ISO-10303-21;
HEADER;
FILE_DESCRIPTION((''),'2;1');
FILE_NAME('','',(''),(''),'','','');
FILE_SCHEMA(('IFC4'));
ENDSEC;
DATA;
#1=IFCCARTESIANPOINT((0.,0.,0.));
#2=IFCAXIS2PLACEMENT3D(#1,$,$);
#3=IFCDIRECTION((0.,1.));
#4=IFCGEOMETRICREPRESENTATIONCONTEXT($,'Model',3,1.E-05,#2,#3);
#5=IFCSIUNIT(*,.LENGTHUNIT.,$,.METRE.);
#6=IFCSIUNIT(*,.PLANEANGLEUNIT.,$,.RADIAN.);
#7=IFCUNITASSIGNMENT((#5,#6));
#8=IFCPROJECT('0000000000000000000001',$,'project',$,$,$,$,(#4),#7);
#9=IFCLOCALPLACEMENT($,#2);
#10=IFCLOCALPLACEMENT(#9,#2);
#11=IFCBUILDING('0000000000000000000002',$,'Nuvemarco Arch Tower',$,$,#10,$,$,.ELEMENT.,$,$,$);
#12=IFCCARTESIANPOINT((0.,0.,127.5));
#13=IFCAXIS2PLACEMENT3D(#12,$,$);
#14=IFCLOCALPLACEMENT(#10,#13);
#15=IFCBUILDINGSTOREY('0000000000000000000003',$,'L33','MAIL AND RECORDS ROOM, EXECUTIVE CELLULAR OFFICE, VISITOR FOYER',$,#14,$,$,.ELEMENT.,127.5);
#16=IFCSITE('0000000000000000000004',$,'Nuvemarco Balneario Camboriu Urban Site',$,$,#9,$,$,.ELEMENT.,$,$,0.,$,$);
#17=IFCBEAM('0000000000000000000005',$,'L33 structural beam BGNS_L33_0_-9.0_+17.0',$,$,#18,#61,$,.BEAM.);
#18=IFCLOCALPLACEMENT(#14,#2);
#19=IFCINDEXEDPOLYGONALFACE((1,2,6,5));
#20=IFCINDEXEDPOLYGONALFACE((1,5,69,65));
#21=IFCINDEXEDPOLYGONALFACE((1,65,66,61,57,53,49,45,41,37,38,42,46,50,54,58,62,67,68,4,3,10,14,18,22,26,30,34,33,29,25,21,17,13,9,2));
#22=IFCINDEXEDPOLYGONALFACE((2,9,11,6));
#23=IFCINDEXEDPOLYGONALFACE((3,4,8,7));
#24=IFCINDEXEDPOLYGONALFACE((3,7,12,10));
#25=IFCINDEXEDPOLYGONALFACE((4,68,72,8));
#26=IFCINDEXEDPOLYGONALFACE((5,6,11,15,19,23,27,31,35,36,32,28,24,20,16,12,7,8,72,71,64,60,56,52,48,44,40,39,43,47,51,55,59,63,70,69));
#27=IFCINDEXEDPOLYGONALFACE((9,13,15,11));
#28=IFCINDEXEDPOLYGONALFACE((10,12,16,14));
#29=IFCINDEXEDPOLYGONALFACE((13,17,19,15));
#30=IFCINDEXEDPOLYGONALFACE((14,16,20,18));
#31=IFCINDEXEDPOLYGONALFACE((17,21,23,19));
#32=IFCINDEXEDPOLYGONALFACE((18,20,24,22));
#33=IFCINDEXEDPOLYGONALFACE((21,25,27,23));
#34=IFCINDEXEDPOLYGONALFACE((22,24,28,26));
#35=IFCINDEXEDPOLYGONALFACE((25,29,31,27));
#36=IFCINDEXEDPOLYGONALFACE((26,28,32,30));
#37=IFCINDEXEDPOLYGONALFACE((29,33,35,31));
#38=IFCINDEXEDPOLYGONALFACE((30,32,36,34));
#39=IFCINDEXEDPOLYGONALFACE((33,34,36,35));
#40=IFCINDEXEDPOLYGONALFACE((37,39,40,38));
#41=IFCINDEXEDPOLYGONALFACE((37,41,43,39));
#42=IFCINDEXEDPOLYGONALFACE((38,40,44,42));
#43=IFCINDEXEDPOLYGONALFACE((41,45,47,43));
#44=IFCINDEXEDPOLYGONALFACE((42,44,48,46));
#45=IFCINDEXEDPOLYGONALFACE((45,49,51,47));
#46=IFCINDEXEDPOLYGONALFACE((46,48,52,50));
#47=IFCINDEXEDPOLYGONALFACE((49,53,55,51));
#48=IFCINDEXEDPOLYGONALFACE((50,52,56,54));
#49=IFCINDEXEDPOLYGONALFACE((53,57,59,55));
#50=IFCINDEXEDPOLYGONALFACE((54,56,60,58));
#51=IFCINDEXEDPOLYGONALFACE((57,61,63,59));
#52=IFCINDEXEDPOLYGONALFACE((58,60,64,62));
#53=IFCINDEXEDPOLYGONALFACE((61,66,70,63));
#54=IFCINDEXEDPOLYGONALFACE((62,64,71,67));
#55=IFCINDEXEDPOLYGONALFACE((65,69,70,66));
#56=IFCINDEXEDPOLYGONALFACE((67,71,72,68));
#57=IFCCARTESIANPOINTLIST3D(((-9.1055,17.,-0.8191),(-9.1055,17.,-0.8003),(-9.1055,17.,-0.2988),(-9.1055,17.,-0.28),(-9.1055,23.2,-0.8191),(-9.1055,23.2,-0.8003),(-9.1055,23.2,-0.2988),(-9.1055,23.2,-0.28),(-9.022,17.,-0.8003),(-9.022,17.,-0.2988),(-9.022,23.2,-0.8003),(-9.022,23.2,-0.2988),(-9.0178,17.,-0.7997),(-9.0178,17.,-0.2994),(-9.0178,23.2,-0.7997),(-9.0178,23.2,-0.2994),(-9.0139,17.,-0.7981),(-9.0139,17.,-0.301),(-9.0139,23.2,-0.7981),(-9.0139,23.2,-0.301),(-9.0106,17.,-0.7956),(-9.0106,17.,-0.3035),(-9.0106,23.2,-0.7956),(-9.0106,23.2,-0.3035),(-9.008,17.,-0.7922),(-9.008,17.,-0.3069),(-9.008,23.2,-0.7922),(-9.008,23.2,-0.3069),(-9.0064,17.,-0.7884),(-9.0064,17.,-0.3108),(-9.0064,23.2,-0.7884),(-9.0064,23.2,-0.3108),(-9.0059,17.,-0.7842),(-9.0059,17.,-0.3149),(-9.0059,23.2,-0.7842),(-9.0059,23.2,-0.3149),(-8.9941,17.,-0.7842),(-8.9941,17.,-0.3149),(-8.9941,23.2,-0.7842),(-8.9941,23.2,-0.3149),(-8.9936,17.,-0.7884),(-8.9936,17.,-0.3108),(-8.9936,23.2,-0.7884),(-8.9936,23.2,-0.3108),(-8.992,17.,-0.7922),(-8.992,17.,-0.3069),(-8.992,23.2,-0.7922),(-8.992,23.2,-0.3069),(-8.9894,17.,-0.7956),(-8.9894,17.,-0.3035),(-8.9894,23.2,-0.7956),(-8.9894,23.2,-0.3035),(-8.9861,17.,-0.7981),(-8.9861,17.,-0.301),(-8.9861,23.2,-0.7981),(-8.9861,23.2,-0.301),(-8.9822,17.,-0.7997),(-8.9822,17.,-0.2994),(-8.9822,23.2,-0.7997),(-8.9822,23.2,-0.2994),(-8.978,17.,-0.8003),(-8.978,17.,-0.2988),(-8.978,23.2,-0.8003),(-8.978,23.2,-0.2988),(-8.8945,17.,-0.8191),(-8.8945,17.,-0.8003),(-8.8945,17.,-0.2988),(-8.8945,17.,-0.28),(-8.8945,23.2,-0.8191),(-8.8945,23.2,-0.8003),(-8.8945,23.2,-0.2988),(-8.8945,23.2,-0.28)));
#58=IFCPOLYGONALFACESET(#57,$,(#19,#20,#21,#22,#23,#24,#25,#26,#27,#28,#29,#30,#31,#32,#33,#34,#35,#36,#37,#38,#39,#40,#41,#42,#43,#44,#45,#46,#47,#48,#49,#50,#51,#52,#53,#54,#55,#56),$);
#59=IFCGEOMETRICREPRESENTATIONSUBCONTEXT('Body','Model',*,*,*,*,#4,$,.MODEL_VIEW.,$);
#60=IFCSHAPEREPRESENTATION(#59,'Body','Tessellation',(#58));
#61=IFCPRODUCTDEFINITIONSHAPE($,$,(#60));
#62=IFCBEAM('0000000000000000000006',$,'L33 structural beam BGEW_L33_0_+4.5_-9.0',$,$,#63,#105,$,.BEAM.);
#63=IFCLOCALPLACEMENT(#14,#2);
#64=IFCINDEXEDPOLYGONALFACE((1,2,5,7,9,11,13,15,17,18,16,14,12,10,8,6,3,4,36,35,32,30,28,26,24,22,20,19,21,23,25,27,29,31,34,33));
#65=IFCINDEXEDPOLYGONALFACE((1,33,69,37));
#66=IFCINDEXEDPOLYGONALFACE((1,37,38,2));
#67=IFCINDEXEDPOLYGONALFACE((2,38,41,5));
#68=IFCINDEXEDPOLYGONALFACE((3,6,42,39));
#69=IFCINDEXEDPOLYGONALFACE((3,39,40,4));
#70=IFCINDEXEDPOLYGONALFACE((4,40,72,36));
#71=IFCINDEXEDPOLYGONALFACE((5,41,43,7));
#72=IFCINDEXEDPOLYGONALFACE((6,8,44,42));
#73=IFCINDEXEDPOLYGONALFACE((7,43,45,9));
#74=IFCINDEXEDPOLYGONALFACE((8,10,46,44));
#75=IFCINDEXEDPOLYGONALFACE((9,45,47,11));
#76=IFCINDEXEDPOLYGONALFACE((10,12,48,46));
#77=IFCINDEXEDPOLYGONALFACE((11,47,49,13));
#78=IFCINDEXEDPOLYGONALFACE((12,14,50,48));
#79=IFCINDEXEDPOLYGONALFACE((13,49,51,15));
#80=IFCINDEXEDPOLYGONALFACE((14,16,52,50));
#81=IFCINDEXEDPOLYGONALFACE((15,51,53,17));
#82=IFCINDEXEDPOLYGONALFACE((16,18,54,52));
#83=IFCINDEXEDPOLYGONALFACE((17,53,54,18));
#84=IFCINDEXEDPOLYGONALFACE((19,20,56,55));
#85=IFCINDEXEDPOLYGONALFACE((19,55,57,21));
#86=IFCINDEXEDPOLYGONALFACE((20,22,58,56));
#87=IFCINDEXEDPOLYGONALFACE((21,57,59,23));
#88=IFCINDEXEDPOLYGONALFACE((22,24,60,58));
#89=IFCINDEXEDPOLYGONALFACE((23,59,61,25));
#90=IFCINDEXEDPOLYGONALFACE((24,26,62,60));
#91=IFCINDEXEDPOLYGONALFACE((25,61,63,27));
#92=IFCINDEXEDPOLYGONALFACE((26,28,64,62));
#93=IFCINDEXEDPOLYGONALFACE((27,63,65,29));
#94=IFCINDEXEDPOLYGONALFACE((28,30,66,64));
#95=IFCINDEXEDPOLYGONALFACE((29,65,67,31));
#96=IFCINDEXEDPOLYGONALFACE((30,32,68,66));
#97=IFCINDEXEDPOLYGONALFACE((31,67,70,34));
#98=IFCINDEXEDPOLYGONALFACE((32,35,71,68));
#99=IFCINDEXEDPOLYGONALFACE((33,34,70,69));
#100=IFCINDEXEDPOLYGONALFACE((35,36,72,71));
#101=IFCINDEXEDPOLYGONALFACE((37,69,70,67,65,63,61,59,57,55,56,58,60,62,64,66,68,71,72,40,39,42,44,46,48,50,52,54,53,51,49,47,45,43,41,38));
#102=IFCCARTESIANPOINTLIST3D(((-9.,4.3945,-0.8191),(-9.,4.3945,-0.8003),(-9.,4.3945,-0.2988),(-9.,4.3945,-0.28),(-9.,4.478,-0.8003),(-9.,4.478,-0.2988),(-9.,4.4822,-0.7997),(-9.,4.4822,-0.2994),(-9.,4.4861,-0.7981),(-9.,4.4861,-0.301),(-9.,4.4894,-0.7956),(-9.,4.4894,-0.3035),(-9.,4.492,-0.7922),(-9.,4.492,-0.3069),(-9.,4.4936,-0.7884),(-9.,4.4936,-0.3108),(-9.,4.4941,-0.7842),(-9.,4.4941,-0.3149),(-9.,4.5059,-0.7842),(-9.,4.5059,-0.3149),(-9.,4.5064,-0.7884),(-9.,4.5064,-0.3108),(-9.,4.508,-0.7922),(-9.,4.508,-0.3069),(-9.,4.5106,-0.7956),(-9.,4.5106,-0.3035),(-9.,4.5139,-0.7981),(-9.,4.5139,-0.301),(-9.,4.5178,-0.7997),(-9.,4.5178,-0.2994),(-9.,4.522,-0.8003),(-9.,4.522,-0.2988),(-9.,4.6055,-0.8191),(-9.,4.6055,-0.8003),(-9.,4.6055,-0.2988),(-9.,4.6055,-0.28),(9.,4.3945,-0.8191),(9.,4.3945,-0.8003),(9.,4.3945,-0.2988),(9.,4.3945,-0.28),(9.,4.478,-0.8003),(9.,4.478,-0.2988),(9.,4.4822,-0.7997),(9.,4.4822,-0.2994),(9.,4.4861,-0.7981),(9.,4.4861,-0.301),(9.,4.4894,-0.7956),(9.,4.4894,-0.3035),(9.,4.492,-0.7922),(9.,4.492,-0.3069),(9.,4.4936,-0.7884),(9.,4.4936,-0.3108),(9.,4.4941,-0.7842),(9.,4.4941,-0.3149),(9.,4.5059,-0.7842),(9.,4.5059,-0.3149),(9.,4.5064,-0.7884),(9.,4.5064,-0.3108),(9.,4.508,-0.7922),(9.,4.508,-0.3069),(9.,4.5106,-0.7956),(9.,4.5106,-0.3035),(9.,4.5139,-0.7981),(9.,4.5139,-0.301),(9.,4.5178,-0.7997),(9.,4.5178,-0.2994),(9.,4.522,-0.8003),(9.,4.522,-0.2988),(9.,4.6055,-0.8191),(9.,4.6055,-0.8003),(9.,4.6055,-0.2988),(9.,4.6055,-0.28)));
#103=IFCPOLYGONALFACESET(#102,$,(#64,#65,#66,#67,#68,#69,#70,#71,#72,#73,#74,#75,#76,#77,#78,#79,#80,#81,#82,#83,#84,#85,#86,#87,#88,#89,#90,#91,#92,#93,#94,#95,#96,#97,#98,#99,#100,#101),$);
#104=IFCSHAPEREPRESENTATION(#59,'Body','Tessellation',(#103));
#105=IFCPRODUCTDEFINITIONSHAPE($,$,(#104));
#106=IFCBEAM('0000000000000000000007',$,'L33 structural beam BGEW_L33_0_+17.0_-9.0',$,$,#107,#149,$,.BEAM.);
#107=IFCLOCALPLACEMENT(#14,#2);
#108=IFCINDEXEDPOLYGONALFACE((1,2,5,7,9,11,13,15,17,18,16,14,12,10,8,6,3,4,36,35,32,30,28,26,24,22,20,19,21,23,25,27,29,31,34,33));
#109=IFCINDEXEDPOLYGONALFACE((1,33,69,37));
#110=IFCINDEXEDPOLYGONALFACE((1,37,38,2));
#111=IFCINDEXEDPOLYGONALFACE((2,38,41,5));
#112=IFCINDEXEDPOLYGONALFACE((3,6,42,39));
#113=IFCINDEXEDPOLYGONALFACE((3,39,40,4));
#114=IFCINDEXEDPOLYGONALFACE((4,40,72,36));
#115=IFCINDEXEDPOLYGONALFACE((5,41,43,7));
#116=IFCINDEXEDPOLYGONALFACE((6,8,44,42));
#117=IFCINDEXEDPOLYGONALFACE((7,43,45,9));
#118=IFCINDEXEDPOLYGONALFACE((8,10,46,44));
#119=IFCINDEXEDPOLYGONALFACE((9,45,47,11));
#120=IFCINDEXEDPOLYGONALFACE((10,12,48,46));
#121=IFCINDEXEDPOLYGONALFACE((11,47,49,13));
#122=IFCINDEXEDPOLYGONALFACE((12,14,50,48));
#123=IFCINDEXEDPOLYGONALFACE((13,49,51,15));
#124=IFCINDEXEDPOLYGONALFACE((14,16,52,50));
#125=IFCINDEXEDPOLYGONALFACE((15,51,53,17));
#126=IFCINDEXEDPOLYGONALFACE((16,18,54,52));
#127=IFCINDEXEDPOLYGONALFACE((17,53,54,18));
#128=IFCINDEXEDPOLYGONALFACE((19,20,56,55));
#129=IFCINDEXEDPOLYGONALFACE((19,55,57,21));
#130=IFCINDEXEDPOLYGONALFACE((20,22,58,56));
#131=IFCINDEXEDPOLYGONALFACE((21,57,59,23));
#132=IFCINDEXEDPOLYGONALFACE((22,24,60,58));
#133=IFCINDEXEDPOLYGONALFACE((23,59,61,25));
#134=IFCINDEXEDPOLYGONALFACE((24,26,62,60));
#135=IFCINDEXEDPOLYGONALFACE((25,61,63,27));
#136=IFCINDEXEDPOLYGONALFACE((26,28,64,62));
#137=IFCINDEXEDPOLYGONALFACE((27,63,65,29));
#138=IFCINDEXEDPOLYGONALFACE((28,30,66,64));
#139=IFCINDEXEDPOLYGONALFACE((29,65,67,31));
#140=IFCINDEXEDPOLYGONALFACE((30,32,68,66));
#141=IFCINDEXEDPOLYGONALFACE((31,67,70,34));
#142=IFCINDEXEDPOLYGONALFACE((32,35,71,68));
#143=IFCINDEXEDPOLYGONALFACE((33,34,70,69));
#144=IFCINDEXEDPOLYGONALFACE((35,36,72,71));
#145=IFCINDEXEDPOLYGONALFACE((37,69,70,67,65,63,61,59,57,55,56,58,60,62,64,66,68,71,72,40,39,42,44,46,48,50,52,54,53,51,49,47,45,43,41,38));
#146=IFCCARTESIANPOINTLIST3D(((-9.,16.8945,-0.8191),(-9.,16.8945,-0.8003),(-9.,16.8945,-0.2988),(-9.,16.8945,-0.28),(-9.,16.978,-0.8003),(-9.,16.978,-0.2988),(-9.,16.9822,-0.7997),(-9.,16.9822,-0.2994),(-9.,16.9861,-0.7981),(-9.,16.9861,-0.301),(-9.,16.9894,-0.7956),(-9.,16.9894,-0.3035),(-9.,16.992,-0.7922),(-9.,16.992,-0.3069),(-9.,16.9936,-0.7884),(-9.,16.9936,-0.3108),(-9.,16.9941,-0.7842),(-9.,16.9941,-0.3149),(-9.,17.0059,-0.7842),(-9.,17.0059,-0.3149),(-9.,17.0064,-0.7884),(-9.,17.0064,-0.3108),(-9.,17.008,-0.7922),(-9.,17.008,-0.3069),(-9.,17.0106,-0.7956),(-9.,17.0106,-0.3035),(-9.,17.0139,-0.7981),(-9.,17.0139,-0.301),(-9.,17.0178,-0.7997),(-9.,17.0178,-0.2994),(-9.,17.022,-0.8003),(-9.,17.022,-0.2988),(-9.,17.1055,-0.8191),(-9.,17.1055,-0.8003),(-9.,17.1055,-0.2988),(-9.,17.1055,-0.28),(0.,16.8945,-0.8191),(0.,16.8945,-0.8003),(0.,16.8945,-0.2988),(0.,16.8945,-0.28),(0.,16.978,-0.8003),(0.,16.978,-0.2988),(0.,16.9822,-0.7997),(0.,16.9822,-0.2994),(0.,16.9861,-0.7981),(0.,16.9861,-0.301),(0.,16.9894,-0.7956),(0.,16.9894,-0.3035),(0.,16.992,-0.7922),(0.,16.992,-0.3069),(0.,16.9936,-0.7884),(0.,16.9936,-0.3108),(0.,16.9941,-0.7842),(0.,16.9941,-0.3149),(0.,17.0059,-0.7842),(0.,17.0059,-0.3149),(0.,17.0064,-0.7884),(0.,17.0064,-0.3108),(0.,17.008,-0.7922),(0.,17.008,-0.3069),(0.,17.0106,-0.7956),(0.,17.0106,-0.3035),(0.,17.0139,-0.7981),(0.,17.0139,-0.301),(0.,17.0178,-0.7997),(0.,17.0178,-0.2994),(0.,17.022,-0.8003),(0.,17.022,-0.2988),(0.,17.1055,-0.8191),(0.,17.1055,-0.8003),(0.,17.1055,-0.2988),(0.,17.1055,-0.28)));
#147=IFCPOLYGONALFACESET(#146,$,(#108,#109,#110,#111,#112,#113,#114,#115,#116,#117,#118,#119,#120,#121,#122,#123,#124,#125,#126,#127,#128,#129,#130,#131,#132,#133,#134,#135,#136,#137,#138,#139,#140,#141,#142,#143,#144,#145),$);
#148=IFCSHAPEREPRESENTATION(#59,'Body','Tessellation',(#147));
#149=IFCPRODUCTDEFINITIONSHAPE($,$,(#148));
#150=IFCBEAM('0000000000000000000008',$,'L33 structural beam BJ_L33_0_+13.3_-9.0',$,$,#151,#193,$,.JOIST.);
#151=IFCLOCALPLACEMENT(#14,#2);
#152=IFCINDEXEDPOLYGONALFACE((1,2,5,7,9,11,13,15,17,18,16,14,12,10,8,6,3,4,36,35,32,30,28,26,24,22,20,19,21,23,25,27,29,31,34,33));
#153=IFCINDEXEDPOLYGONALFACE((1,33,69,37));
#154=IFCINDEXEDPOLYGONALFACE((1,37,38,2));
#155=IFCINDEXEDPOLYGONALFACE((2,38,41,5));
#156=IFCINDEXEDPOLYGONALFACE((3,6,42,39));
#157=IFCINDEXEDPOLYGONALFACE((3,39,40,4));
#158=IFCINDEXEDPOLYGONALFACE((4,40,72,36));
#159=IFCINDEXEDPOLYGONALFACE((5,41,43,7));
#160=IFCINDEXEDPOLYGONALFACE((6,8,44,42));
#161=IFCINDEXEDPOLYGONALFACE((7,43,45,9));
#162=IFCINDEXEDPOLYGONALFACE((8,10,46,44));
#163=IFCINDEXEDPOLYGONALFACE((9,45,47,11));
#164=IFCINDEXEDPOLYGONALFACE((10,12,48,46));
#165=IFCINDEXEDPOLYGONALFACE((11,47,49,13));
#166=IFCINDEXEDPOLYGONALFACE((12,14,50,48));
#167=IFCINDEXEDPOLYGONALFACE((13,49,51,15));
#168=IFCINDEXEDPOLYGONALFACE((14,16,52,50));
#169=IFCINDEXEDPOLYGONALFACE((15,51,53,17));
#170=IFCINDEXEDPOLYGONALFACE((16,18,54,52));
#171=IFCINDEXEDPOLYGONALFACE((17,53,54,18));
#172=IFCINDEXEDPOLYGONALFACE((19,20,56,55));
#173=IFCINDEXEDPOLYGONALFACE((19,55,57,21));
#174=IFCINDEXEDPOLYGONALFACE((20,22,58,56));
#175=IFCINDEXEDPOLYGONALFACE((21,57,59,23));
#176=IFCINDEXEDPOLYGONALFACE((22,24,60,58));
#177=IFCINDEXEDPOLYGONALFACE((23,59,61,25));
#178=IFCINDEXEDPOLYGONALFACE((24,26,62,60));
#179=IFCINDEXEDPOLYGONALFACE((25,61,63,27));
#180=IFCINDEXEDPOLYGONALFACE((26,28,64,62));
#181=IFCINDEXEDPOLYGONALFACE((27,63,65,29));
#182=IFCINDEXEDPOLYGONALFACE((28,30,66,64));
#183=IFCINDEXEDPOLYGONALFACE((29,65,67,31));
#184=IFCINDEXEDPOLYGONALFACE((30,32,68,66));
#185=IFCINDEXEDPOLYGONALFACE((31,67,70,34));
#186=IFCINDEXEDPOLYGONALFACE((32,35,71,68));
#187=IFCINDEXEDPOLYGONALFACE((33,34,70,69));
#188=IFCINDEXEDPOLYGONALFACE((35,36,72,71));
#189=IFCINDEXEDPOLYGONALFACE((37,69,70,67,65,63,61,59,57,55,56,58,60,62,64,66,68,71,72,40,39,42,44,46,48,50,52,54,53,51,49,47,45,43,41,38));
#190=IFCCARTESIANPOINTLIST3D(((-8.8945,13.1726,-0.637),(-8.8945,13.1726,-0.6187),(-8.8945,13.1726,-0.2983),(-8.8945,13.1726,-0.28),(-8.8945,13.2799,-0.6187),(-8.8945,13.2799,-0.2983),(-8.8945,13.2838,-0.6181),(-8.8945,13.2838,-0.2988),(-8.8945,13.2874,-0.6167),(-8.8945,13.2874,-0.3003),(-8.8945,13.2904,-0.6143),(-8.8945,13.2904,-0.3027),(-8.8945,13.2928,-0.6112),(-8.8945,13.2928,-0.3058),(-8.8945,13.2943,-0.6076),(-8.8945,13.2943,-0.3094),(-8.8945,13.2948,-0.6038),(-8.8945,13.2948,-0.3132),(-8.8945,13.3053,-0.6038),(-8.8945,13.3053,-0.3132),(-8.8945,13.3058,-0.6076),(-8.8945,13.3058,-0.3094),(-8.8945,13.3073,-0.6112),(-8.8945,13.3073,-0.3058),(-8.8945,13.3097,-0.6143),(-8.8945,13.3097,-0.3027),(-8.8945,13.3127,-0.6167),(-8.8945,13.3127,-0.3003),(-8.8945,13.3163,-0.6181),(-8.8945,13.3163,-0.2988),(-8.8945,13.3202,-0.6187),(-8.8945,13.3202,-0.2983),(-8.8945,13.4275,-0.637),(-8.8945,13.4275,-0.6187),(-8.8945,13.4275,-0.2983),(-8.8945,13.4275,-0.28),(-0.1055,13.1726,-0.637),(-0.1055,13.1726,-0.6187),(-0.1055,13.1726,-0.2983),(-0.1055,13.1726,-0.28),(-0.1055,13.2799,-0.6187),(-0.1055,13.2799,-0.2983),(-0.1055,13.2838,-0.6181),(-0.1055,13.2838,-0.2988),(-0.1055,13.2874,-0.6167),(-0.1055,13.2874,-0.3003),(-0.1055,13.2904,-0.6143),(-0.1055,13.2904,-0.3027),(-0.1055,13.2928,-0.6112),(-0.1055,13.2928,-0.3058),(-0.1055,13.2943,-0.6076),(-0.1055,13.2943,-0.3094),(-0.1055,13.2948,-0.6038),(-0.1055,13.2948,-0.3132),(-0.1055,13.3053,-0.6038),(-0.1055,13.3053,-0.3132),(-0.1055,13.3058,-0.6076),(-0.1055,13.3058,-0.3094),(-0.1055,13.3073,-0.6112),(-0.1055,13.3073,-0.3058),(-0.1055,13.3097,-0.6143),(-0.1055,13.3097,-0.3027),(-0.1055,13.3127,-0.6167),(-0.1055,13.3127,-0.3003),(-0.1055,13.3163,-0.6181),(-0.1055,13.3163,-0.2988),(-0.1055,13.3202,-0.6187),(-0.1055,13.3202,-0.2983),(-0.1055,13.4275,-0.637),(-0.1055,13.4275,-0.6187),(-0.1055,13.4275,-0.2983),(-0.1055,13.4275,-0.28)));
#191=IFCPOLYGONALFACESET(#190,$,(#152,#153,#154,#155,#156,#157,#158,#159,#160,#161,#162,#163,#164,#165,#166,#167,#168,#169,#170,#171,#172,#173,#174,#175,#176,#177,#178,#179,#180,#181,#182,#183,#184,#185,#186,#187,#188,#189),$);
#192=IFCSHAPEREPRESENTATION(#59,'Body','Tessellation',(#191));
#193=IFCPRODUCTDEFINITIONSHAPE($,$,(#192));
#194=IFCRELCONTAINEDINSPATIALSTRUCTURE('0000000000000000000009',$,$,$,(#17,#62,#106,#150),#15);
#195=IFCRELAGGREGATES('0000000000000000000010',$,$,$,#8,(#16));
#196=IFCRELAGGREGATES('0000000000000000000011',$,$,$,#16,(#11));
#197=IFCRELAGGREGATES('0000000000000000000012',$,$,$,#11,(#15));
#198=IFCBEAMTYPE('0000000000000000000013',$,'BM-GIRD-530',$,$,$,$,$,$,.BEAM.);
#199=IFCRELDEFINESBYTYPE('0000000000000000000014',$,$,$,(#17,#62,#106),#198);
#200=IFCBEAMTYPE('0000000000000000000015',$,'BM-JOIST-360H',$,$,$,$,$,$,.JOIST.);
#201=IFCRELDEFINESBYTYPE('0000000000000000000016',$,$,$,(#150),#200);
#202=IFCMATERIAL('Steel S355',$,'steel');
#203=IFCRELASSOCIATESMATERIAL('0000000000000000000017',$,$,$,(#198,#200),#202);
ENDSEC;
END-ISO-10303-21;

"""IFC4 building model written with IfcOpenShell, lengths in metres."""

from ifc_helpers import new_model, si_unit, direction, frame, origin, origin_2d, place, context, subcontext, project, spatial, i_section, extrude, material, material_profile, profile_set, type_object, element, save


model = new_model("IFC4")

# Units and contexts
model_context = context("Model", 3, precision=1e-05, world=origin(), true_north=direction((0.0, 1.0)))
body_context = subcontext(model_context, "Body", "Model", "MODEL_VIEW")
ifc_project = project(units=[si_unit("LENGTHUNIT", "METRE"), si_unit("PLANEANGLEUNIT", "RADIAN")], contexts=[model_context])

# Site, building, storey
site_placement = place(None, origin())
site = spatial("IfcSite", under=ifc_project, at=site_placement, Name="Nuvemarco Balneario Camboriu Urban Site", CompositionType="ELEMENT", RefElevation=0.0)
building_placement = place(site_placement, origin())
building = spatial("IfcBuilding", under=site, at=building_placement, Name="Nuvemarco Arch Tower", CompositionType="ELEMENT")
storey_placement = place(building_placement, frame((0.0, 0.0, 127.5)))
storey = spatial("IfcBuildingStorey", under=building, at=storey_placement, Name="L33", Description="MAIL AND RECORDS ROOM, EXECUTIVE CELLULAR OFFICE, VISITOR FOYER", CompositionType="ELEMENT", Elevation=127.5)

# Shared definitions
ifc_material_1 = material(Name="Steel S355", Category="steel")

# Beams
ifc_material_profile_1 = material_profile(ifc_material_1, i_section(OverallWidth=0.2109, OverallDepth=0.5391, WebThickness=0.0117, FlangeThickness=0.0188, FilletRadius=0.0161, at=origin_2d()), Name="W530x109")
ifc_profile_set_1 = profile_set([ifc_material_profile_1], Name="Steel S355")
beam_type_1 = type_object("IfcBeamType", Name="BM-GIRD-530", PredefinedType="BEAM", material=ifc_profile_set_1)
beam_1_placement = place(storey_placement, frame((-9.0, 17.0, -0.5496), z_axis=(0.0, 1.0, 0.0), x_axis=(-1.0, 0.0, 0.0)))
element("IfcBeam", 1, at=beam_1_placement, inside=storey, type_object=beam_type_1, Name="L33 structural beam BGNS_L33_0_-9.0_+17.0", PredefinedType="BEAM", context=body_context, shape_type="SweptSolid", body=[
    extrude(i_section(OverallWidth=0.2109, OverallDepth=0.5391, WebThickness=0.0117, FlangeThickness=0.0188, FilletRadius=0.0161, at=origin_2d()), origin(), (0.0, 0.0, 1.0), 6.2),
])
beam_2_placement = place(storey_placement, frame((-9.0, 4.5, -0.5496), z_axis=(1.0, 0.0, 0.0), x_axis=(0.0, 1.0, 0.0)))
element("IfcBeam", 2, at=beam_2_placement, inside=storey, type_object=beam_type_1, Name="L33 structural beam BGEW_L33_0_+4.5_-9.0", PredefinedType="BEAM", context=body_context, shape_type="SweptSolid", body=[
    extrude(i_section(OverallWidth=0.2109, OverallDepth=0.5391, WebThickness=0.0117, FlangeThickness=0.0188, FilletRadius=0.0161, at=origin_2d()), origin(), (0.0, 0.0, 1.0), 18.0),
])
beam_3_placement = place(storey_placement, frame((-9.0, 17.0, -0.5496), z_axis=(1.0, 0.0, 0.0), x_axis=(0.0, 1.0, 0.0)))
element("IfcBeam", 3, at=beam_3_placement, inside=storey, type_object=beam_type_1, Name="L33 structural beam BGEW_L33_0_+17.0_-9.0", PredefinedType="BEAM", context=body_context, shape_type="SweptSolid", body=[
    extrude(i_section(OverallWidth=0.2109, OverallDepth=0.5391, WebThickness=0.0117, FlangeThickness=0.0188, FilletRadius=0.0161, at=origin_2d()), origin(), (0.0, 0.0, 1.0), 9.0),
])
ifc_material_profile_2 = material_profile(ifc_material_1, i_section(OverallWidth=0.2549, OverallDepth=0.3569, WebThickness=0.0105, FlangeThickness=0.0183, FilletRadius=0.0149, at=origin_2d()), Name="W360x101")
ifc_profile_set_2 = profile_set([ifc_material_profile_2], Name="Steel S355")
beam_type_2 = type_object("IfcBeamType", Name="BM-JOIST-360H", PredefinedType="JOIST", material=ifc_profile_set_2)
beam_4_placement = place(storey_placement, frame((-8.8945, 13.3, -0.4585), z_axis=(1.0, 0.0, 0.0), x_axis=(0.0, 1.0, 0.0)))
element("IfcBeam", 4, at=beam_4_placement, inside=storey, type_object=beam_type_2, Name="L33 structural beam BJ_L33_0_+13.3_-9.0", PredefinedType="JOIST", context=body_context, shape_type="SweptSolid", body=[
    extrude(i_section(OverallWidth=0.2549, OverallDepth=0.3569, WebThickness=0.0105, FlangeThickness=0.0183, FilletRadius=0.0149, at=origin_2d()), origin(), (0.0, 0.0, 1.0), 8.7891),
])

save(model, "model.ifc")
